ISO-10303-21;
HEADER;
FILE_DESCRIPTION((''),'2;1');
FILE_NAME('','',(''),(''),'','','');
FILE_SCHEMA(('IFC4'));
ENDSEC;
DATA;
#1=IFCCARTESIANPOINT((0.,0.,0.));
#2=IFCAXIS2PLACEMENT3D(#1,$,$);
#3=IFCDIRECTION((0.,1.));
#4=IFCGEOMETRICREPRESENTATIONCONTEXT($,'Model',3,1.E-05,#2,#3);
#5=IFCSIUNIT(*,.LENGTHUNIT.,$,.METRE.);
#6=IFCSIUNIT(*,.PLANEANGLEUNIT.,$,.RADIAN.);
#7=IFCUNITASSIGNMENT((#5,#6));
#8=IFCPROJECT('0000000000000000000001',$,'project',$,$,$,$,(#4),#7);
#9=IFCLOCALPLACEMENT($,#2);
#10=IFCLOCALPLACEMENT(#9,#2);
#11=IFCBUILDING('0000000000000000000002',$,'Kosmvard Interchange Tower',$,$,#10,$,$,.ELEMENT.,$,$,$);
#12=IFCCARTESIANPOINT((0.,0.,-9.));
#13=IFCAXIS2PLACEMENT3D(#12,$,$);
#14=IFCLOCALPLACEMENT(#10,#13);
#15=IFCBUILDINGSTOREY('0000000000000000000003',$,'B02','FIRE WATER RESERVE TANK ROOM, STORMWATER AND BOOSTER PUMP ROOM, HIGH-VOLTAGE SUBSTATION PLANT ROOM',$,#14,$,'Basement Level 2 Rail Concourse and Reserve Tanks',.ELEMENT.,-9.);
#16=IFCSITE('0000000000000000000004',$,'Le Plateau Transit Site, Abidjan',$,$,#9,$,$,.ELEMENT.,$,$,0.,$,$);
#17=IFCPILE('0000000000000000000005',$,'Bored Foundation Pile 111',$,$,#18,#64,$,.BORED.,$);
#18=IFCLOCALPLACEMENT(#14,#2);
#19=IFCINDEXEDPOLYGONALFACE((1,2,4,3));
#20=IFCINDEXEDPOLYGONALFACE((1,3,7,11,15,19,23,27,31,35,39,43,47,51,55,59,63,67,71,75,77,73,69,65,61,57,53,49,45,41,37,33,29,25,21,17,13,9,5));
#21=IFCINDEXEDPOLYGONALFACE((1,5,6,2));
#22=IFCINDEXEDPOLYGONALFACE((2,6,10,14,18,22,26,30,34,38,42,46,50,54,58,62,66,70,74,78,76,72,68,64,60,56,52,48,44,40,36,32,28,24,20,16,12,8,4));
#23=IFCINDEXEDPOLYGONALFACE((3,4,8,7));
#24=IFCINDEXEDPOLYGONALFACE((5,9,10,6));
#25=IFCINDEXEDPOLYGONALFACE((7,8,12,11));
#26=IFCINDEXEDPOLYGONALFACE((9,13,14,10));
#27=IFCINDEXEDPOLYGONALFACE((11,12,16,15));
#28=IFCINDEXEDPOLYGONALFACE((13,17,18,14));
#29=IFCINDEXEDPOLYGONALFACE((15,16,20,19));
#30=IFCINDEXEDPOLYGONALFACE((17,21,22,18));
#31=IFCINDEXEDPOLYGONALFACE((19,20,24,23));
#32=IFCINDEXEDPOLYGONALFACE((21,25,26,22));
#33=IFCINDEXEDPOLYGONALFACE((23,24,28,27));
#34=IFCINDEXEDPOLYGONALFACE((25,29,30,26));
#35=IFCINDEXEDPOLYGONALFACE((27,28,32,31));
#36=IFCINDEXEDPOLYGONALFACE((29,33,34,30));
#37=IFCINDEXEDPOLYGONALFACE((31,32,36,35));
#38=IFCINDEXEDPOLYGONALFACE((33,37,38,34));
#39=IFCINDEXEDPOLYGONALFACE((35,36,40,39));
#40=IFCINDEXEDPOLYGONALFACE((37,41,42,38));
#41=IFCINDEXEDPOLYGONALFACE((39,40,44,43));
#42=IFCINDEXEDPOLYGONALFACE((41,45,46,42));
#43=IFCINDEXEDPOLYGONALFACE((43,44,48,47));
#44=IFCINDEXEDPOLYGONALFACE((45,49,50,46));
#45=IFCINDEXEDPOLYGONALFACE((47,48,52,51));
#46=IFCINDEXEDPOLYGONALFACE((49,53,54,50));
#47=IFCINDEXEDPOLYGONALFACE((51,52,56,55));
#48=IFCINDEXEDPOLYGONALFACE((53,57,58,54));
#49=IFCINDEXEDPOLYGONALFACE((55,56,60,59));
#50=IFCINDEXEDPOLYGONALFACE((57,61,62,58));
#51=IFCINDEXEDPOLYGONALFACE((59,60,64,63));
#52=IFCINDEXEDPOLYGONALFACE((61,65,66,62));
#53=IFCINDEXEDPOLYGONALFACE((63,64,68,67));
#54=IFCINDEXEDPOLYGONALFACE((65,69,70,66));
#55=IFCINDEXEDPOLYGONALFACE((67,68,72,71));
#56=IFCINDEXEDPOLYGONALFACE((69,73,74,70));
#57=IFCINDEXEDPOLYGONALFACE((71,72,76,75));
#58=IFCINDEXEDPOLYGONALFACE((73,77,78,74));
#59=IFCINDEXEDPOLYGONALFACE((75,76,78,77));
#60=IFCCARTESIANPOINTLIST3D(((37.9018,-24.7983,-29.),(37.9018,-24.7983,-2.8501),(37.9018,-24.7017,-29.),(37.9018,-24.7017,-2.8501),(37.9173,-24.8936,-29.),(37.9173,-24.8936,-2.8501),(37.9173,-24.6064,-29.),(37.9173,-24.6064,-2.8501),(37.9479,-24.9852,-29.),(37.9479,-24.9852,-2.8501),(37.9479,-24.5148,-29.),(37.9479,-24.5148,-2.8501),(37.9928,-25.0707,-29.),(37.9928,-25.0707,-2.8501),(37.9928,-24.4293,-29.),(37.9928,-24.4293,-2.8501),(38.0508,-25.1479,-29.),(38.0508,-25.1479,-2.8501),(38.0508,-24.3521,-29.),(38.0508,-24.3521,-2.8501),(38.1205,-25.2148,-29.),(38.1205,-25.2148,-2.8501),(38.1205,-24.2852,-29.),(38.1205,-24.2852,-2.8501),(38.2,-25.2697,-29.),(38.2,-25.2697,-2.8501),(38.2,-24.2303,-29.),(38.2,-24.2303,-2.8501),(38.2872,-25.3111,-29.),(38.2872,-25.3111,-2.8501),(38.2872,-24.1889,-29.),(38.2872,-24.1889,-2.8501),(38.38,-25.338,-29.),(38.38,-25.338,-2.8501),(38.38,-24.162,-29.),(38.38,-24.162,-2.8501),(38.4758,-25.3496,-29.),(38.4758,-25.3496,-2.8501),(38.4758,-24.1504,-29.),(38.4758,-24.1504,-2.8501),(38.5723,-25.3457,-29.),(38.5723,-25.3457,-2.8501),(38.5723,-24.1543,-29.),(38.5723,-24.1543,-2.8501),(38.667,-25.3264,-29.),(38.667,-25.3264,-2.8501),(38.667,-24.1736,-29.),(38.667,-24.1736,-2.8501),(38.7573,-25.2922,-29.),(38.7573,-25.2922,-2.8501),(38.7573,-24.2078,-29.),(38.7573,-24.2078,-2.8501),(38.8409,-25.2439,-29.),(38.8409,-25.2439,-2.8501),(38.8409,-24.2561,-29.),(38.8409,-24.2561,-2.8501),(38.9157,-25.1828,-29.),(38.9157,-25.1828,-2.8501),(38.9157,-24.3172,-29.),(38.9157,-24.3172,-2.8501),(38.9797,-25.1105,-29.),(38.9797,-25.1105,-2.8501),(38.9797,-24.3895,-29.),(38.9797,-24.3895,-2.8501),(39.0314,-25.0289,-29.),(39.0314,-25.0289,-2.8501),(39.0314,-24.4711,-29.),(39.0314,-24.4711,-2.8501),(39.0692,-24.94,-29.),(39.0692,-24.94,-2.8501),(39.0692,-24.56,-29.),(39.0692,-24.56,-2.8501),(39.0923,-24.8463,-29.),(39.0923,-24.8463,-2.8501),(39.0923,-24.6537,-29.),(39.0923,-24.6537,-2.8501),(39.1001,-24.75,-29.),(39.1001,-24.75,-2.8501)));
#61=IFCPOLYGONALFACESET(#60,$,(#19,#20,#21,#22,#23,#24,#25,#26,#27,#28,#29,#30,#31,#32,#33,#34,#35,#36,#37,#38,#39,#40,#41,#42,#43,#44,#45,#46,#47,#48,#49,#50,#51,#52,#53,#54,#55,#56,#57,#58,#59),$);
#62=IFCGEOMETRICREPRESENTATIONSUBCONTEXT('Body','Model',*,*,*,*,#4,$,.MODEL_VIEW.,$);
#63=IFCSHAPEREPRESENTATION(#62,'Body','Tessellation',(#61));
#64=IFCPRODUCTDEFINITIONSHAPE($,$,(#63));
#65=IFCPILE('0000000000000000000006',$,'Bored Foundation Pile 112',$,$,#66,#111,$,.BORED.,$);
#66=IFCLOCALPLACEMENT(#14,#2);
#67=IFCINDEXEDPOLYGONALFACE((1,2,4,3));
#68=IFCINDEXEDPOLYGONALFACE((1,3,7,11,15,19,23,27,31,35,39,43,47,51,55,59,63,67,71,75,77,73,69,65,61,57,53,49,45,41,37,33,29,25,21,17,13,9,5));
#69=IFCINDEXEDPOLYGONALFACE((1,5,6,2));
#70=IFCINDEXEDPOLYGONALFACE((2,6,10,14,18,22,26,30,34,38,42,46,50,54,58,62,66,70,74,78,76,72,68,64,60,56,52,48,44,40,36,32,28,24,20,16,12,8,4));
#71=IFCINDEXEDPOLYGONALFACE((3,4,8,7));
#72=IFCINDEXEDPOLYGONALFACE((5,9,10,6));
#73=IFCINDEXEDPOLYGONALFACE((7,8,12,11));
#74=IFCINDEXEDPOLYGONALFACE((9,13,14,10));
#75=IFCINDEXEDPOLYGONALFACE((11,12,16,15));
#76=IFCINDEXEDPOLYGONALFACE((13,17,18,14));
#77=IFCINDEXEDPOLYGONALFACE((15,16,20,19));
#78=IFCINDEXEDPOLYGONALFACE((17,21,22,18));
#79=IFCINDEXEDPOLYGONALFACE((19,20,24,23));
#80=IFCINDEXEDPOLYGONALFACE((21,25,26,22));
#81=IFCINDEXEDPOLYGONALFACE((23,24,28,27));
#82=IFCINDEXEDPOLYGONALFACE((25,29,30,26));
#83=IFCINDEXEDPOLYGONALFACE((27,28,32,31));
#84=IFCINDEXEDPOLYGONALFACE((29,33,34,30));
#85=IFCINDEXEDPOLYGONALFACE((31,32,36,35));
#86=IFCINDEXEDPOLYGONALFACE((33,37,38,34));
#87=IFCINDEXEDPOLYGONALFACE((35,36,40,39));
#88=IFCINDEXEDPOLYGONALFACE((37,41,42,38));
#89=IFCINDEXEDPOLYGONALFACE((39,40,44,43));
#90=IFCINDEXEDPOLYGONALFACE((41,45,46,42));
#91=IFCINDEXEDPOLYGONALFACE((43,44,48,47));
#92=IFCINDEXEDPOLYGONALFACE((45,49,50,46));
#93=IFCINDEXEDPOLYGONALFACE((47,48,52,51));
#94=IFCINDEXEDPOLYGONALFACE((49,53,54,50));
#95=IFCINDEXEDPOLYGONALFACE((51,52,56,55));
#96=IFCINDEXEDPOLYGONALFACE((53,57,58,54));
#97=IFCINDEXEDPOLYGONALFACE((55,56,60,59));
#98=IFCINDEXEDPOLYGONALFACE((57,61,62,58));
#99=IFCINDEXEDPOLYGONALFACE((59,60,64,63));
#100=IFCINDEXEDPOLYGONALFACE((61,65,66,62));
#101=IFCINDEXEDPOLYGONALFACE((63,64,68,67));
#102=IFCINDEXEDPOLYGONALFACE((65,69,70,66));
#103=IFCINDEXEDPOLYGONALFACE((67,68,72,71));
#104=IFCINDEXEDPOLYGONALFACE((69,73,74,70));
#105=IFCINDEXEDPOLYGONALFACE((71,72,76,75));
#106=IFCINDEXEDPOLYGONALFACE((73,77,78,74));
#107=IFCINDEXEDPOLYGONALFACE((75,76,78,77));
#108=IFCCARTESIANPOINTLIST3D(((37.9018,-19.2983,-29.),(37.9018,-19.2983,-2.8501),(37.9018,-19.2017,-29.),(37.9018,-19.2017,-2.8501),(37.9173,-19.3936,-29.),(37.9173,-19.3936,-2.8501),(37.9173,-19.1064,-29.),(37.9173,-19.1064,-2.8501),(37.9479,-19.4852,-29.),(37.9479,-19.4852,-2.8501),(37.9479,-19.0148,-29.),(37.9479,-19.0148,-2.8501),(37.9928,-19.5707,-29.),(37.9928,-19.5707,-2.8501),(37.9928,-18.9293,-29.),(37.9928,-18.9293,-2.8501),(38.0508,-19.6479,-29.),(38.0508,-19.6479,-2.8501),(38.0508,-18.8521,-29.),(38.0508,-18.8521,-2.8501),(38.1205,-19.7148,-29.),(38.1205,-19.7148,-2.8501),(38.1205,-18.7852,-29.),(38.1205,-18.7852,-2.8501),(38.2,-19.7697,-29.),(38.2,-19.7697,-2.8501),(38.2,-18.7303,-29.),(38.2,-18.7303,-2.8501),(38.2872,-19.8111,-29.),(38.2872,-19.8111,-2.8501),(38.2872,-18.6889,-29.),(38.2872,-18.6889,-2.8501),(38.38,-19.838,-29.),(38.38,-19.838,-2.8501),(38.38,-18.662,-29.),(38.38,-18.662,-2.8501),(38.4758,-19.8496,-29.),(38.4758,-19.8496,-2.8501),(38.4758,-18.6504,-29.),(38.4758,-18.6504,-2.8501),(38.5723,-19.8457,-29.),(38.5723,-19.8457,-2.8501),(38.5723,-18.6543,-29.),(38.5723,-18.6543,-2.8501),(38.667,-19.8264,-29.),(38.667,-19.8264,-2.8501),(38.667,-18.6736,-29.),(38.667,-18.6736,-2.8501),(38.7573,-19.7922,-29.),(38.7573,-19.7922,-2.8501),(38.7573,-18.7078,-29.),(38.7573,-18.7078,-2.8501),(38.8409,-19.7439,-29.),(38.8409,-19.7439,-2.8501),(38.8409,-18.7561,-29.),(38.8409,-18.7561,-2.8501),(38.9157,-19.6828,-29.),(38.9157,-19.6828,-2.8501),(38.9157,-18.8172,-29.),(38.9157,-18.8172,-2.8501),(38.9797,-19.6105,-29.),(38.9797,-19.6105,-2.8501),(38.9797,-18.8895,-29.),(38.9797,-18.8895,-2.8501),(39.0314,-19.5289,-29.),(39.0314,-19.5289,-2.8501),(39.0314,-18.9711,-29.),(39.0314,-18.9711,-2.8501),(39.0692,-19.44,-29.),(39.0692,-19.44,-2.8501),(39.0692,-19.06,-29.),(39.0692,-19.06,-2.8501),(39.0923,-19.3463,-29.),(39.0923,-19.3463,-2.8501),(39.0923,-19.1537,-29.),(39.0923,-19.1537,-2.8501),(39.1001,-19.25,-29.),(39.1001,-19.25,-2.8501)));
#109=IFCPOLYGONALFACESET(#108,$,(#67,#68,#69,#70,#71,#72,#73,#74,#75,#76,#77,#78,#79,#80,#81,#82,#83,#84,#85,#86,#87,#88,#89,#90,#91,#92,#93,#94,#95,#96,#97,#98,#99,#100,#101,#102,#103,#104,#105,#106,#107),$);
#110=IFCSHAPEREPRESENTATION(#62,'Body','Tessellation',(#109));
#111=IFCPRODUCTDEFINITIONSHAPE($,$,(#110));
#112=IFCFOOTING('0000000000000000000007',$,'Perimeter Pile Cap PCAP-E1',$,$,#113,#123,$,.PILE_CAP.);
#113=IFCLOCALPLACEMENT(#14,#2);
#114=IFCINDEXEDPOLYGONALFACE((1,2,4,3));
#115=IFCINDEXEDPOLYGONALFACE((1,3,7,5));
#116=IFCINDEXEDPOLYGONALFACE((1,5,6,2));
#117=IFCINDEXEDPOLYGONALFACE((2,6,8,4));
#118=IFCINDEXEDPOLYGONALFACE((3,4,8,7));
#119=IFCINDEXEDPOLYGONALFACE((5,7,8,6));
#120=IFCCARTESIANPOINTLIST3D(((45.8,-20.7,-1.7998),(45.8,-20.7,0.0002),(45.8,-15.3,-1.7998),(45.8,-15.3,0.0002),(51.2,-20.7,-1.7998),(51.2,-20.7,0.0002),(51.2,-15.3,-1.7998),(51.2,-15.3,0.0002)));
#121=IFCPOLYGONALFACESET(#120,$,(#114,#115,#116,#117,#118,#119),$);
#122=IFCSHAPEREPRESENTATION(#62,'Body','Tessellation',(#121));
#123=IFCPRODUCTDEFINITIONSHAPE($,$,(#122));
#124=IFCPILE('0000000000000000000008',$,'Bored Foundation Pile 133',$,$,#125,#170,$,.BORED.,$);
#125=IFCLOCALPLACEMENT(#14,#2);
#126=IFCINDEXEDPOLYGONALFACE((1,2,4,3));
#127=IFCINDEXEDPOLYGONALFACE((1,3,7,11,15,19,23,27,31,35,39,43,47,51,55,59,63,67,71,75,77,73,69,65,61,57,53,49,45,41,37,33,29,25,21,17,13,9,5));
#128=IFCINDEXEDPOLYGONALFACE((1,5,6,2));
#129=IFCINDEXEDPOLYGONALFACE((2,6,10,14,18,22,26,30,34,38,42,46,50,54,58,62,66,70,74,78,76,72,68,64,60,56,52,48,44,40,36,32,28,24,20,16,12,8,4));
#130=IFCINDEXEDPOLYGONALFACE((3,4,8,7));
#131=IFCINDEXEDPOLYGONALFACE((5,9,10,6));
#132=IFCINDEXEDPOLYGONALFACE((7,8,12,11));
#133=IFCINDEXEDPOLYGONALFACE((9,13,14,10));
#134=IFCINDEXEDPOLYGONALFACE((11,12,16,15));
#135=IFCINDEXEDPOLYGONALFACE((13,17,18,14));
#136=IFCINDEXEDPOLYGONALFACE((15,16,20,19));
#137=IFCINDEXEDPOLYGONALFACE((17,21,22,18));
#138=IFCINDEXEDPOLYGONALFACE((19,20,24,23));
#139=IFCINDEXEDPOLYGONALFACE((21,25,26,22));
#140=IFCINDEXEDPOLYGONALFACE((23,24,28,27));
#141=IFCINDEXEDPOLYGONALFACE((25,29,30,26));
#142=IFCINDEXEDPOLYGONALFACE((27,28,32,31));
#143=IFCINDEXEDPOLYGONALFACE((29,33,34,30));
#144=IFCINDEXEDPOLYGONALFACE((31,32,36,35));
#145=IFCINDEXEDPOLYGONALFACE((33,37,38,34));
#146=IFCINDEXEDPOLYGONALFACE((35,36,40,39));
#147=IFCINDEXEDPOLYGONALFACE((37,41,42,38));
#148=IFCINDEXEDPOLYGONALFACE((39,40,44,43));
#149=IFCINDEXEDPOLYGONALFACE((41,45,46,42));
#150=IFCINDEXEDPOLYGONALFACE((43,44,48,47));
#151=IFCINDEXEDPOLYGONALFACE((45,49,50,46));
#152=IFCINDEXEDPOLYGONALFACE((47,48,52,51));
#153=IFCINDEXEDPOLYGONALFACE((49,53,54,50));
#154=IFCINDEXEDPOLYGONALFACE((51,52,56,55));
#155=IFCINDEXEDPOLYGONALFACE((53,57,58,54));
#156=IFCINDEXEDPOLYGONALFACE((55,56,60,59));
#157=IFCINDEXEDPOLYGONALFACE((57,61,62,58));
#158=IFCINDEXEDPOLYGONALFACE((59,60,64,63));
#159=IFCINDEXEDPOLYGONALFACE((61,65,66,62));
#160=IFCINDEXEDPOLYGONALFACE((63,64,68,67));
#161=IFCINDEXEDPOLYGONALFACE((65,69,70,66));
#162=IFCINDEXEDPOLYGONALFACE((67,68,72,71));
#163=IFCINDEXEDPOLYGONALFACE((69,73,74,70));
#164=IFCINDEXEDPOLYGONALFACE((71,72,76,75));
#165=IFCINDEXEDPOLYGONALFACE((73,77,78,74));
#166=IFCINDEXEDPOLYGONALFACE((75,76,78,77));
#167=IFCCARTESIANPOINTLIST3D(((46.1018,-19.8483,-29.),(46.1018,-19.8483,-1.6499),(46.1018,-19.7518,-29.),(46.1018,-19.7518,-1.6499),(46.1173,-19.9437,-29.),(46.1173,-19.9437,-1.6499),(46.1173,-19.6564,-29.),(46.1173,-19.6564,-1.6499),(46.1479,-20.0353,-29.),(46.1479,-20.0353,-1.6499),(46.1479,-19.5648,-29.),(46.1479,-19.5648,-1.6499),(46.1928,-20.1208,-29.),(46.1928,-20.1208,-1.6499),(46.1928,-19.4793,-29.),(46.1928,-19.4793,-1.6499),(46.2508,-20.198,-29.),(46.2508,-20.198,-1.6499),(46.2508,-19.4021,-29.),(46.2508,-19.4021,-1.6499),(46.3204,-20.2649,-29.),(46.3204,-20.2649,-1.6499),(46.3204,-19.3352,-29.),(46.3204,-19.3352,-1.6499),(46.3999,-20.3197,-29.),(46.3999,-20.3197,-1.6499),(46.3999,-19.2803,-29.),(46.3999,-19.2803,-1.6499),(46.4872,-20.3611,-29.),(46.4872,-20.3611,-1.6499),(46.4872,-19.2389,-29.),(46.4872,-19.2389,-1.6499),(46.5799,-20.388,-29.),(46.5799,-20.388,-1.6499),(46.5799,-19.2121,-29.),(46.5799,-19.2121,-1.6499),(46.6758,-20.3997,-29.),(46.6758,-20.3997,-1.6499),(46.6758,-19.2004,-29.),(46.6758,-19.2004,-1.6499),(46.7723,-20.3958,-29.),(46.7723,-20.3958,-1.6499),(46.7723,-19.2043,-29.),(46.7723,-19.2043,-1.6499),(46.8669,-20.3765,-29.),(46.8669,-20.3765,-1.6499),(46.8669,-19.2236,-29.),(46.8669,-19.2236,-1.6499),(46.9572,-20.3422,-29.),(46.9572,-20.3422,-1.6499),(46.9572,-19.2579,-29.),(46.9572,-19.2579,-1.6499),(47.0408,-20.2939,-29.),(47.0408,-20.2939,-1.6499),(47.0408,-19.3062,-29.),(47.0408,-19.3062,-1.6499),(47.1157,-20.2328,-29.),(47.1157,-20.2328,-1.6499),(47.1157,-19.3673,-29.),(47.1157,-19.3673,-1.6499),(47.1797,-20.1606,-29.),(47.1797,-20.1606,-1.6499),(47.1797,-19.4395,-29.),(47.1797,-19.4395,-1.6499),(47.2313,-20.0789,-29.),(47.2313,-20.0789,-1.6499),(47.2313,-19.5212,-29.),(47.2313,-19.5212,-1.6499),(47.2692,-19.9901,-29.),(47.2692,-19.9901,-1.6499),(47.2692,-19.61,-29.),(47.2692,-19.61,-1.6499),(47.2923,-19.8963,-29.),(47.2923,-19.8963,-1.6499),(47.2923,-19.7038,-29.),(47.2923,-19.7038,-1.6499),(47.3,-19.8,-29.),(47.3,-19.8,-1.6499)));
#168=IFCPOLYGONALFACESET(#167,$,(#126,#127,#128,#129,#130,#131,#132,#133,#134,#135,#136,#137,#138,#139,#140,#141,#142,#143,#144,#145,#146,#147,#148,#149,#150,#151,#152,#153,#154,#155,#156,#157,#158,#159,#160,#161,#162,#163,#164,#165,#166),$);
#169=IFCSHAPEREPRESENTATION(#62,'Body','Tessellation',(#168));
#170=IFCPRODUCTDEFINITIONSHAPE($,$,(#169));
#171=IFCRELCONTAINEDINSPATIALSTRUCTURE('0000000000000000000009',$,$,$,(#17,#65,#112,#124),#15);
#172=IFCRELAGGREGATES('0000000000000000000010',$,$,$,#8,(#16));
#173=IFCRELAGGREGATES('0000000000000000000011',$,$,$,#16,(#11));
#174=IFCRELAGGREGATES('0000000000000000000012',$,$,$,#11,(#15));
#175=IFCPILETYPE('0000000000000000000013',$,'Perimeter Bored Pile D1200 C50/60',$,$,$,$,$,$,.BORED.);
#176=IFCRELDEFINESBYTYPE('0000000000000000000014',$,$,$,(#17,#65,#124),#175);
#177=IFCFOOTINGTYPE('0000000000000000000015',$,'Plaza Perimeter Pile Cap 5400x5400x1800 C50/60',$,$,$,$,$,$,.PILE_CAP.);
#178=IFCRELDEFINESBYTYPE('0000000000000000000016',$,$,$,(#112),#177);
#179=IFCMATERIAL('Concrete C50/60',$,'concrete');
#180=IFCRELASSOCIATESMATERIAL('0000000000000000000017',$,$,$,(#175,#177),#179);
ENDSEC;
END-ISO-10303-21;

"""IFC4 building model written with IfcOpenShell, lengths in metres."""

from ifc_helpers import new_model, si_unit, direction, frame, origin, origin_2d, place, context, subcontext, project, spatial, rectangle, circle, extrude, source, transform, mapped, material, material_profile, profile_set, type_object, element, save


model = new_model("IFC4")

# Units and contexts
model_context = context("Model", 3, precision=1e-05, world=origin(), true_north=direction((0.0, 1.0)))
body_context = subcontext(model_context, "Body", "Model", "MODEL_VIEW")
ifc_project = project(units=[si_unit("LENGTHUNIT", "METRE"), si_unit("PLANEANGLEUNIT", "RADIAN")], contexts=[model_context])

# Site, building, storey
site_placement = place(None, origin())
site = spatial("IfcSite", under=ifc_project, at=site_placement, Name="Le Plateau Transit Site, Abidjan", CompositionType="ELEMENT", RefElevation=0.0)
building_placement = place(site_placement, origin())
building = spatial("IfcBuilding", under=site, at=building_placement, Name="Kosmvard Interchange Tower", CompositionType="ELEMENT")
storey_placement = place(building_placement, frame((0.0, 0.0, -9.0)))
storey = spatial("IfcBuildingStorey", under=building, at=storey_placement, Name="B02", Description="FIRE WATER RESERVE TANK ROOM, STORMWATER AND BOOSTER PUMP ROOM, HIGH-VOLTAGE SUBSTATION PLANT ROOM", LongName="Basement Level 2 Rail Concourse and Reserve Tanks", CompositionType="ELEMENT", Elevation=-9.0)

# Piles
ifc_material_1 = material(Name="Concrete C50/60", Category="concrete")
ifc_material_profile_1 = material_profile(ifc_material_1, circle(Radius=0.6001, at=origin_2d()), Name="PILE D1200")
ifc_profile_set_1 = profile_set([ifc_material_profile_1], Name="Concrete C50/60")
pile_type = type_object("IfcPileType", Name="Perimeter Bored Pile D1200 C50/60", PredefinedType="BORED", material=ifc_profile_set_1)
shared_shape_1 = source(origin(), body_context, "Body", "SweptSolid", [
    extrude(circle(Radius=0.6001, at=origin_2d()), origin(), (0.0, 0.0, 1.0), 26.1499),
])
for number, where, z_axis, x_axis, name in (
    (1, (38.5, -24.75, -2.8501), (0.0, 0.0, -1.0), (1.0, 0.0, 0.0), "Bored Foundation Pile 111"),
    (2, (38.5, -19.25, -2.8501), (0.0, 0.0, -1.0), (1.0, 0.0, 0.0), "Bored Foundation Pile 112"),
):
    element("IfcPile", number, at=place(storey_placement, frame(where, z_axis=z_axis, x_axis=x_axis)), inside=storey, type_object=pile_type, Name=name, PredefinedType="BORED", context=body_context, shape_type="MappedRepresentation", body=[
        mapped(shared_shape_1, transform((0.0, 0.0, 0.0), scale=1.0)),
    ])

# Footing
footing_type_1 = type_object("IfcFootingType", Name="Plaza Perimeter Pile Cap 5400x5400x1800 C50/60", PredefinedType="PILE_CAP", material=ifc_material_1)
shared_shape_2 = source(origin(), body_context, "Body", "SweptSolid", [
    extrude(rectangle(XDim=5.3999, YDim=5.3999, at=origin_2d()), origin(), (0.0, 0.0, 1.0), 1.8),
])
footing_1_placement = place(storey_placement, frame((48.5, -18.0, -1.7998), z_axis=(0.0, 0.0, 1.0), x_axis=(1.0, 0.0, 0.0)))
element("IfcFooting", 3, at=footing_1_placement, inside=storey, type_object=footing_type_1, Name="Perimeter Pile Cap PCAP-E1", PredefinedType="PILE_CAP", context=body_context, shape_type="MappedRepresentation", body=[
    mapped(shared_shape_2, transform((0.0, 0.0, 0.0), scale=1.0)),
])

# Pile
shared_shape_3 = source(origin(), body_context, "Body", "SweptSolid", [
    extrude(circle(Radius=0.6001, at=origin_2d()), origin(), (0.0, 0.0, 1.0), 27.3501),
])
for number, where, z_axis, x_axis, name in (
    (4, (46.7, -19.8, -1.6499), (0.0, 0.0, -1.0), (1.0, 0.0, 0.0), "Bored Foundation Pile 133"),
):
    element("IfcPile", number, at=place(storey_placement, frame(where, z_axis=z_axis, x_axis=x_axis)), inside=storey, type_object=pile_type, Name=name, PredefinedType="BORED", context=body_context, shape_type="MappedRepresentation", body=[
        mapped(shared_shape_3, transform((0.0, 0.0, 0.0), scale=1.0)),
    ])

save(model, "model.ifc")
